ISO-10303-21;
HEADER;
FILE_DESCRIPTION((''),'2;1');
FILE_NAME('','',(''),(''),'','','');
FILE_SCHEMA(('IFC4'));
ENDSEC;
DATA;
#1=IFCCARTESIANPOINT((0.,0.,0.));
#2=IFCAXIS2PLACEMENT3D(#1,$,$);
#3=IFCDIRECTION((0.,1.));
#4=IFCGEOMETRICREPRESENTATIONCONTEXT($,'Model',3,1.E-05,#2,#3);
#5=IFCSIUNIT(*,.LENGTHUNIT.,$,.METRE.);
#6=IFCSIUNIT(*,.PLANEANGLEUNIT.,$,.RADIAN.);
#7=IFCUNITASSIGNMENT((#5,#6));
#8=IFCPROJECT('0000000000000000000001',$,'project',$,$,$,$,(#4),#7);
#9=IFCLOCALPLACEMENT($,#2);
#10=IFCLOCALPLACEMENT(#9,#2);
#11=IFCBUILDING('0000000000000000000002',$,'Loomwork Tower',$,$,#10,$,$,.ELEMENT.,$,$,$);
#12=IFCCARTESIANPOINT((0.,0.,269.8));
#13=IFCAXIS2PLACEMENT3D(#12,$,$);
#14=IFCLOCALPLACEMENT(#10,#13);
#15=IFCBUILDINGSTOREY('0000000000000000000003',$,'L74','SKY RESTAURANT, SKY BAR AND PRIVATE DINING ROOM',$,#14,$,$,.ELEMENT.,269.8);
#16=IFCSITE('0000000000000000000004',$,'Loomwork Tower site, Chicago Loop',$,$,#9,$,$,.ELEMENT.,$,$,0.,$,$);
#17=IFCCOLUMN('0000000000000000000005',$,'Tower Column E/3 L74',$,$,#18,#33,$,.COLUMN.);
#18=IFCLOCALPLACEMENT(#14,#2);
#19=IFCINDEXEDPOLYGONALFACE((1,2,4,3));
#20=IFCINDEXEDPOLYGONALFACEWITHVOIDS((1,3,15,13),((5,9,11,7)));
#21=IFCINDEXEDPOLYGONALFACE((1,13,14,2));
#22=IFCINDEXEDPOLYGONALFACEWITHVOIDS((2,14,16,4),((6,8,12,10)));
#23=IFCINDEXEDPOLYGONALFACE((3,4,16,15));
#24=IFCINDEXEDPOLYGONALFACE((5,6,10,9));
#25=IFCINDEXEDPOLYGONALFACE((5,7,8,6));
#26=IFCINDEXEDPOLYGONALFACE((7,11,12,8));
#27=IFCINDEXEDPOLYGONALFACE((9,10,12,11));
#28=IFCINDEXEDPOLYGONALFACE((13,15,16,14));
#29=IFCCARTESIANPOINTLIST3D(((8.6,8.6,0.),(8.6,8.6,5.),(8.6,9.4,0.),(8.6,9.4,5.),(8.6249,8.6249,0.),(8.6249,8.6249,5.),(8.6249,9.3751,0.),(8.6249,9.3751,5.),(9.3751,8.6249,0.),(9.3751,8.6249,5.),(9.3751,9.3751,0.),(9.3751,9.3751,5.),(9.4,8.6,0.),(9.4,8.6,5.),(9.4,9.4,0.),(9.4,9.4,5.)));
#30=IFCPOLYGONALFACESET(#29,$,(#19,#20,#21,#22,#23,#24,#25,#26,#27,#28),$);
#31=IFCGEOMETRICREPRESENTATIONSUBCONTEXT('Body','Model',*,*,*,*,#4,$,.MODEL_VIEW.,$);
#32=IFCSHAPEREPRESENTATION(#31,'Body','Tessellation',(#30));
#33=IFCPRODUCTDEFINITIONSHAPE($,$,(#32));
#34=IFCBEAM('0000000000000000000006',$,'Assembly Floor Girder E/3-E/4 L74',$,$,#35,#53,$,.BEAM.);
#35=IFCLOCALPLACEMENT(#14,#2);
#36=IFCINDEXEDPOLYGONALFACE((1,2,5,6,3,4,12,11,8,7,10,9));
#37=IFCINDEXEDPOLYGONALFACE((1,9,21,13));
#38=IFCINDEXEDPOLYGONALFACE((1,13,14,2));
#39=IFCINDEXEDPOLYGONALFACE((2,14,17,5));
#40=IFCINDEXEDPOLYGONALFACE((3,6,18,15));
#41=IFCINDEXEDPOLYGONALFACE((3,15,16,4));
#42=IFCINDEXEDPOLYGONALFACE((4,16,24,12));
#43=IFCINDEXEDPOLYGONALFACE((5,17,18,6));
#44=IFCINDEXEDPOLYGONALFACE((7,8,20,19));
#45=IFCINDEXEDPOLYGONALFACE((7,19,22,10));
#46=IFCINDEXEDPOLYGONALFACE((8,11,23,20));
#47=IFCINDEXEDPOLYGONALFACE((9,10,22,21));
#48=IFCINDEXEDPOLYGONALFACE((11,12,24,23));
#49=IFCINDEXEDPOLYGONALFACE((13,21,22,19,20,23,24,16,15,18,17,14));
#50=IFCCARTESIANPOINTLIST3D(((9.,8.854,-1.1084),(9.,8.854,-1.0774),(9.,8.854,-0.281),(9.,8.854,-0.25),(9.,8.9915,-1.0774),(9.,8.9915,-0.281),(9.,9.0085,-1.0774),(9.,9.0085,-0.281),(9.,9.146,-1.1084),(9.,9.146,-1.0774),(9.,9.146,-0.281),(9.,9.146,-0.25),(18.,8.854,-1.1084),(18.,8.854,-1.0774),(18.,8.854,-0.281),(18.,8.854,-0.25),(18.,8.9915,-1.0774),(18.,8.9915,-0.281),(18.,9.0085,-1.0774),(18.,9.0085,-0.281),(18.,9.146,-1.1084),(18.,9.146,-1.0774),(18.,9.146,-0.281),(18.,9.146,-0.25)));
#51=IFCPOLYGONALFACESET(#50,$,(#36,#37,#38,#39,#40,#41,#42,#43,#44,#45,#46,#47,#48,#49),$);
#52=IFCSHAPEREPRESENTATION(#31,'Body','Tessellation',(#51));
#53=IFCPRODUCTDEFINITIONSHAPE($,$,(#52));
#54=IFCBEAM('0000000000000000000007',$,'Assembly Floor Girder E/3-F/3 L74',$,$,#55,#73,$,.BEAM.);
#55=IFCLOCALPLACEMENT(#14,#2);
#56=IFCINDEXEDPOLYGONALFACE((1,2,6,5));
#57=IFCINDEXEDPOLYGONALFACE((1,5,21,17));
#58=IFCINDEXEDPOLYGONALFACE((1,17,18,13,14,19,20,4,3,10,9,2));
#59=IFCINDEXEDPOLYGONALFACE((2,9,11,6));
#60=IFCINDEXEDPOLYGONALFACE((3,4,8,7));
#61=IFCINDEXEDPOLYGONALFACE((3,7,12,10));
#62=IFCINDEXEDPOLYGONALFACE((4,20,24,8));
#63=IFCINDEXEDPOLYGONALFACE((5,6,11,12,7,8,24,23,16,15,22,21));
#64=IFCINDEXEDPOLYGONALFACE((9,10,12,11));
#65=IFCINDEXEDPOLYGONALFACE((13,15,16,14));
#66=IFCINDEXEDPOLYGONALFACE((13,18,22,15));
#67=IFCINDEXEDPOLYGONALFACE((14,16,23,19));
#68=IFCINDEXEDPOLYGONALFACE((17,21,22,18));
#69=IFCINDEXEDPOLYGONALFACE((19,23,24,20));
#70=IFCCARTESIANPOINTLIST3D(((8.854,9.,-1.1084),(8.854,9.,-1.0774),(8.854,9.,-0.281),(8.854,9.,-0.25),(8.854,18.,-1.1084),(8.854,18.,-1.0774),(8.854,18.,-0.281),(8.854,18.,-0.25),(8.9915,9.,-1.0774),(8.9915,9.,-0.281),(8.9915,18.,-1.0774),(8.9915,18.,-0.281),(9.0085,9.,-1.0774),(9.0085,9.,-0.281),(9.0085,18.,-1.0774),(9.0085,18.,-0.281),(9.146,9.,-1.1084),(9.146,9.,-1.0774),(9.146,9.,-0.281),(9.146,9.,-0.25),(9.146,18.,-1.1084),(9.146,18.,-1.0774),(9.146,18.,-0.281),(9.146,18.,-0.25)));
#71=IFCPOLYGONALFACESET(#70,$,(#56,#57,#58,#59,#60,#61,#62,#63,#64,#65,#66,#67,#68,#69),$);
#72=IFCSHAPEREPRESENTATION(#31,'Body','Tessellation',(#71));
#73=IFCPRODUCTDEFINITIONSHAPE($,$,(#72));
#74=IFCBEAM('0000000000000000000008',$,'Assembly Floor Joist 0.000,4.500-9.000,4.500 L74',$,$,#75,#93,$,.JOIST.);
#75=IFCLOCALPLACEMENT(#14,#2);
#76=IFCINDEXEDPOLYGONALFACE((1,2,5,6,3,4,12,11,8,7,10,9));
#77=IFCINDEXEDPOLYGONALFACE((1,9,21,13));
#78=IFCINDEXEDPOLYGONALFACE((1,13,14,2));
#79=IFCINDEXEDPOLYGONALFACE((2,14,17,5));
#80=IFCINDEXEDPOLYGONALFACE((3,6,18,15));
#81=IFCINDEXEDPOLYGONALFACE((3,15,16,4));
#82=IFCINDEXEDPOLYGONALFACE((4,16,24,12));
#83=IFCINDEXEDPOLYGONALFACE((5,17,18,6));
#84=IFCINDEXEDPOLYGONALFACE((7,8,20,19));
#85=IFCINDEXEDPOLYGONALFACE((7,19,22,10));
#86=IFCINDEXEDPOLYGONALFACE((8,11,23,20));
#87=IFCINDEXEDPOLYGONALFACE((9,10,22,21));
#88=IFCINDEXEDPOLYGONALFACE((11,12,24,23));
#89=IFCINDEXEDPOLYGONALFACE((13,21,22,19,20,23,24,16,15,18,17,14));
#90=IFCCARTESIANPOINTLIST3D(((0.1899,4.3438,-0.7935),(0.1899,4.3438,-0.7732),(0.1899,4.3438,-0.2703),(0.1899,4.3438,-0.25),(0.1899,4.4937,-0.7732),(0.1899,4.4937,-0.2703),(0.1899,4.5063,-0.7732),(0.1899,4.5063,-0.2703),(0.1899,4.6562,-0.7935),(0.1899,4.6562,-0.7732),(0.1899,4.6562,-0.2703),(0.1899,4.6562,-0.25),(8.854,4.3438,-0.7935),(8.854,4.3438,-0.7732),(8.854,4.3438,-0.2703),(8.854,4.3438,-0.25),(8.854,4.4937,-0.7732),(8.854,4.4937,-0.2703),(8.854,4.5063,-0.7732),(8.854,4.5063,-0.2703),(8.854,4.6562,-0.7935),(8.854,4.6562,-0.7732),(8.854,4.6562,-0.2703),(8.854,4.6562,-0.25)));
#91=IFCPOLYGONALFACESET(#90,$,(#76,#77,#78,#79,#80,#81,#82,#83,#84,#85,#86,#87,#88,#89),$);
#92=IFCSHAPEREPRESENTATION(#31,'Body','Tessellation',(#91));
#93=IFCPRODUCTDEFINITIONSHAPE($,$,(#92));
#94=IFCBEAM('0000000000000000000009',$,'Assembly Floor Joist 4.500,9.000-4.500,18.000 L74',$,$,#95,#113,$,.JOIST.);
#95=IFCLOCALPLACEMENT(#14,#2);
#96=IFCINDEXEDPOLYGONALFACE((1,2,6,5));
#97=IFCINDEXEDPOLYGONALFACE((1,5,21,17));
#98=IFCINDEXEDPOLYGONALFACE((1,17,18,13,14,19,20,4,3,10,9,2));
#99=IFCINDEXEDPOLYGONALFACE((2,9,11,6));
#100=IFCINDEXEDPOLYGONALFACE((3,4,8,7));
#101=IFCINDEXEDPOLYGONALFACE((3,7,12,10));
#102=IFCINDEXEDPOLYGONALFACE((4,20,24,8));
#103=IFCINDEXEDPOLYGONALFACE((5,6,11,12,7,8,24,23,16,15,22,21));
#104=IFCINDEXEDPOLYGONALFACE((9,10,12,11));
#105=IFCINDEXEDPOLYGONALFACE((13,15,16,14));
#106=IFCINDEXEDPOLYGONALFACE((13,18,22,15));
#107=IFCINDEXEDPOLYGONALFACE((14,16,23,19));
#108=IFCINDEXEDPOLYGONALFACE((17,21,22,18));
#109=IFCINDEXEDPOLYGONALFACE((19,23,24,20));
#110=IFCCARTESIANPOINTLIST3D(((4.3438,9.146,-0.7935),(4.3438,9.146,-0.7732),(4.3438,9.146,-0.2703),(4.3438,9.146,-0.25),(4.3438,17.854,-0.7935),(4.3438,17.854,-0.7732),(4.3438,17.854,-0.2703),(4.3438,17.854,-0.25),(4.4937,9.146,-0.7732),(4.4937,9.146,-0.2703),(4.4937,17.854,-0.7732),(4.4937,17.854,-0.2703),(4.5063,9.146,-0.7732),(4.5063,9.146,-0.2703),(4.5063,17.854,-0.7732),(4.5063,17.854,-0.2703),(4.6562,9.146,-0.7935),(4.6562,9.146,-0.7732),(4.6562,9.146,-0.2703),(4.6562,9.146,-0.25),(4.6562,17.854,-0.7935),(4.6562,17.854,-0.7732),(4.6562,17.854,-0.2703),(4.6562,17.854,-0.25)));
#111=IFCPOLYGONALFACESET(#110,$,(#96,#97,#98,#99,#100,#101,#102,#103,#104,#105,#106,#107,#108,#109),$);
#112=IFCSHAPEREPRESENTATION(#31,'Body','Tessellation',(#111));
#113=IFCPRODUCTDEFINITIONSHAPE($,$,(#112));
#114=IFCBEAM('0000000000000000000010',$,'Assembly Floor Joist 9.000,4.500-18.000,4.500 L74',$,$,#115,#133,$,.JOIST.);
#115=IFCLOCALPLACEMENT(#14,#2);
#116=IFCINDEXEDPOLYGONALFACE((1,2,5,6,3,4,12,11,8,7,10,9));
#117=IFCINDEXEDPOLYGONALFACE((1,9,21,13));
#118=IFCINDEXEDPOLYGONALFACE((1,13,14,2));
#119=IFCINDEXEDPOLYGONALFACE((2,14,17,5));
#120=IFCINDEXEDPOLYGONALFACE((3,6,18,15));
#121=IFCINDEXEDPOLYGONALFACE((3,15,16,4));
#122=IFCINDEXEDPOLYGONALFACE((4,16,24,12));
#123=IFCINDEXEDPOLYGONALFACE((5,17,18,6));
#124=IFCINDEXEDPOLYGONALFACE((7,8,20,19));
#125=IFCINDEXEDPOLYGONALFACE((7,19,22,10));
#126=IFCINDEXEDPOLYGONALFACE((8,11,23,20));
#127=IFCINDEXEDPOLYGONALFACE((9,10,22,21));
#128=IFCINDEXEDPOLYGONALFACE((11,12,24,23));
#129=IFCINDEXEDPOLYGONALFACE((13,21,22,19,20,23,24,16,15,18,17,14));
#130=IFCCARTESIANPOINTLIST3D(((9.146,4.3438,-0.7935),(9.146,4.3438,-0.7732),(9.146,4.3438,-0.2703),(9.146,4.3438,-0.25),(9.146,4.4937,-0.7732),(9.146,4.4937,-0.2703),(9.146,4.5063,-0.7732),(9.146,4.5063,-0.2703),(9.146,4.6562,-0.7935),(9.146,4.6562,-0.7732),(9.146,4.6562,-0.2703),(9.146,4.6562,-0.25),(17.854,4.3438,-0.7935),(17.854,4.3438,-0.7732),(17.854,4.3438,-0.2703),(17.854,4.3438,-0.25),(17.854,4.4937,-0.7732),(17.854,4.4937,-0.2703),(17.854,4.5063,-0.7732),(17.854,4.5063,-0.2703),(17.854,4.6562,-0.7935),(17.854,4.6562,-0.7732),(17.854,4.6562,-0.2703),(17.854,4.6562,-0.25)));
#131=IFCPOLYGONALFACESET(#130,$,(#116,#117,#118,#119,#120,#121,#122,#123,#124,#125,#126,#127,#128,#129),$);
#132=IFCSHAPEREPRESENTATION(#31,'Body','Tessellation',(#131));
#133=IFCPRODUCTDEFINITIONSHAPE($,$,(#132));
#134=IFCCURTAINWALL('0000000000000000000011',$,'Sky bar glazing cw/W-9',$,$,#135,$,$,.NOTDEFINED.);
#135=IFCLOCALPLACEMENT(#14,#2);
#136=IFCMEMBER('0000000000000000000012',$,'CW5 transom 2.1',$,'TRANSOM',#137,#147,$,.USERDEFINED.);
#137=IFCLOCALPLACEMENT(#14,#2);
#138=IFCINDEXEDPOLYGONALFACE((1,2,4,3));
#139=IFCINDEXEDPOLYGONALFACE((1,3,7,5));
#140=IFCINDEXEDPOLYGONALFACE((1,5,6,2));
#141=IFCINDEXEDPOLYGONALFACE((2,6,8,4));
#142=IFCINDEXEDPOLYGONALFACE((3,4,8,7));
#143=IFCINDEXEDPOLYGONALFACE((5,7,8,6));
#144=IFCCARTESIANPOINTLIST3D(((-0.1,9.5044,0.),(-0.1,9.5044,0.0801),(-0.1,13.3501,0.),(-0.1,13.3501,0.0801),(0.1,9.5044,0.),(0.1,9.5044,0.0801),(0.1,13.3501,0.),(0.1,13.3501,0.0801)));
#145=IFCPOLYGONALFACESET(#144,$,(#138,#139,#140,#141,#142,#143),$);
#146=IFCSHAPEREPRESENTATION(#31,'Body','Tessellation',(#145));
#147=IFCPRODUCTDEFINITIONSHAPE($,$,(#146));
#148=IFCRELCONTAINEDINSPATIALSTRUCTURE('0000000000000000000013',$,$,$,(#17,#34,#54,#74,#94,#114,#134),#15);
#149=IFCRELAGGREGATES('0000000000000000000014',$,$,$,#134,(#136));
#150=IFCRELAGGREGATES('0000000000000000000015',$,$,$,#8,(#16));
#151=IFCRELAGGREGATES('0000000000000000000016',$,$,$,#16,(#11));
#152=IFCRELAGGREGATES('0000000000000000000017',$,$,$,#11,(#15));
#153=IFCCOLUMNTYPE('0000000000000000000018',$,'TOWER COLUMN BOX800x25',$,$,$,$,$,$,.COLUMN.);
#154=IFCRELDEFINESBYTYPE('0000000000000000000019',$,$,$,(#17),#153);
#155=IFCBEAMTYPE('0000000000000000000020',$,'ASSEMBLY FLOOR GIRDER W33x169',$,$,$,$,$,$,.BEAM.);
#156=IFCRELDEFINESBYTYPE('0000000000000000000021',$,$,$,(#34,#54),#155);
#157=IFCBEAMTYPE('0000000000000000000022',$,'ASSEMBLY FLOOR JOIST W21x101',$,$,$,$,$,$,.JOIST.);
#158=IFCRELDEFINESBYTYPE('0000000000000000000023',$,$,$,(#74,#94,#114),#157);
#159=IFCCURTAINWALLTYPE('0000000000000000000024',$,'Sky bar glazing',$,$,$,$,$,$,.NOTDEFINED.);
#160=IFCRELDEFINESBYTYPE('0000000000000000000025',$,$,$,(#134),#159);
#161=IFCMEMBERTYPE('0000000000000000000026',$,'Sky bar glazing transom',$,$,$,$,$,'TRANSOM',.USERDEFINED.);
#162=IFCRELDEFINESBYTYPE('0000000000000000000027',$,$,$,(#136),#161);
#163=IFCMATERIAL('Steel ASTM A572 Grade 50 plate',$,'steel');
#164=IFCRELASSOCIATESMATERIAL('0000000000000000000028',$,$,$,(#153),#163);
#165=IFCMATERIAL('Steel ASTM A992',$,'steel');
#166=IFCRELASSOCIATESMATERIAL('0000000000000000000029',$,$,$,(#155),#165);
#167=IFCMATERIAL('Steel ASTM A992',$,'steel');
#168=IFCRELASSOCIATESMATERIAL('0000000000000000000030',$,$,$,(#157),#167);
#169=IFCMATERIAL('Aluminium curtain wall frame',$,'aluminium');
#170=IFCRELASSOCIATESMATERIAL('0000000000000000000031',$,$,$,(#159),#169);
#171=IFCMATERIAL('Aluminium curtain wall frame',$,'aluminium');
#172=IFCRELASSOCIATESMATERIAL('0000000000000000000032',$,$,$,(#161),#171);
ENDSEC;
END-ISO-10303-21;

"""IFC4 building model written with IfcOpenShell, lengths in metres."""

from ifc_helpers import new_model, si_unit, direction, frame, origin, origin_2d, place, context, subcontext, project, spatial, rectangle, hollow_rectangle, i_section, extrude, material, material_profile, profile_set, type_object, element, aggregate, save


model = new_model("IFC4")

# Units and contexts
model_context = context("Model", 3, precision=1e-05, world=origin(), true_north=direction((0.0, 1.0)))
body_context = subcontext(model_context, "Body", "Model", "MODEL_VIEW")
ifc_project = project(units=[si_unit("LENGTHUNIT", "METRE"), si_unit("PLANEANGLEUNIT", "RADIAN")], contexts=[model_context])

# Site, building, storey
site_placement = place(None, origin())
site = spatial("IfcSite", under=ifc_project, at=site_placement, Name="Loomwork Tower site, Chicago Loop", CompositionType="ELEMENT", RefElevation=0.0)
building_placement = place(site_placement, origin())
building = spatial("IfcBuilding", under=site, at=building_placement, Name="Loomwork Tower", CompositionType="ELEMENT")
storey_placement = place(building_placement, frame((0.0, 0.0, 269.8)))
storey = spatial("IfcBuildingStorey", under=building, at=storey_placement, Name="L74", Description="SKY RESTAURANT, SKY BAR AND PRIVATE DINING ROOM", CompositionType="ELEMENT", Elevation=269.8)

# Column
ifc_material_1 = material(Name="Steel ASTM A572 Grade 50 plate", Category="steel")
ifc_material_profile_1 = material_profile(ifc_material_1, hollow_rectangle(XDim=0.8, YDim=0.8, WallThickness=0.0249, at=origin_2d()), Name="BOX800x25")
ifc_profile_set_1 = profile_set([ifc_material_profile_1], Name="Steel ASTM A572 Grade 50 plate")
column_type = type_object("IfcColumnType", Name="TOWER COLUMN BOX800x25", PredefinedType="COLUMN", material=ifc_profile_set_1)
column_placement = place(storey_placement, frame((9.0, 9.0, 0.0), z_axis=(0.0, 0.0, 1.0), x_axis=(1.0, 0.0, 0.0)))
element("IfcColumn", 1, at=column_placement, inside=storey, type_object=column_type, Name="Tower Column E/3 L74", PredefinedType="COLUMN", context=body_context, shape_type="SweptSolid", body=[
    extrude(hollow_rectangle(XDim=0.8, YDim=0.8, WallThickness=0.0249, at=origin_2d()), origin(), (0.0, 0.0, 1.0), 5.0),
])

# Beams
ifc_material_2 = material(Name="Steel ASTM A992", Category="steel")
ifc_material_profile_2 = material_profile(ifc_material_2, i_section(OverallWidth=0.292, OverallDepth=0.8584, WebThickness=0.0171, FlangeThickness=0.031, at=origin_2d()), Name="W33x169")
ifc_profile_set_2 = profile_set([ifc_material_profile_2], Name="Steel ASTM A992")
beam_type_1 = type_object("IfcBeamType", Name="ASSEMBLY FLOOR GIRDER W33x169", PredefinedType="BEAM", material=ifc_profile_set_2)
for number, where, z_axis, x_axis, name in (
    (2, (9.0, 9.0, -0.6792), (1.0, 0.0, 0.0), (0.0, 1.0, 0.0), "Assembly Floor Girder E/3-E/4 L74"),
    (3, (9.0, 9.0, -0.6792), (0.0, 1.0, 0.0), (-1.0, 0.0, 0.0), "Assembly Floor Girder E/3-F/3 L74"),
):
    element("IfcBeam", number, at=place(storey_placement, frame(where, z_axis=z_axis, x_axis=x_axis)), inside=storey, type_object=beam_type_1, Name=name, PredefinedType="BEAM", context=body_context, shape_type="SweptSolid", body=[
        extrude(i_section(OverallWidth=0.292, OverallDepth=0.8584, WebThickness=0.0171, FlangeThickness=0.031, at=origin_2d()), origin(), (0.0, 0.0, 1.0), 9.0),
    ])
ifc_material_3 = material(Name="Steel ASTM A992", Category="steel")
ifc_material_profile_3 = material_profile(ifc_material_3, i_section(OverallWidth=0.3125, OverallDepth=0.5435, WebThickness=0.0127, FlangeThickness=0.0203, at=origin_2d()), Name="W21x101")
ifc_profile_set_3 = profile_set([ifc_material_profile_3], Name="Steel ASTM A992")
beam_type_2 = type_object("IfcBeamType", Name="ASSEMBLY FLOOR JOIST W21x101", PredefinedType="JOIST", material=ifc_profile_set_3)
beam_placement = place(storey_placement, frame((0.1899, 4.5, -0.5217), z_axis=(1.0, 0.0, 0.0), x_axis=(0.0, 1.0, 0.0)))
element("IfcBeam", 4, at=beam_placement, inside=storey, type_object=beam_type_2, Name="Assembly Floor Joist 0.000,4.500-9.000,4.500 L74", PredefinedType="JOIST", context=body_context, shape_type="SweptSolid", body=[
    extrude(i_section(OverallWidth=0.3125, OverallDepth=0.5435, WebThickness=0.0127, FlangeThickness=0.0203, at=origin_2d()), origin(), (0.0, 0.0, 1.0), 8.6641),
])
for number, where, z_axis, x_axis, name in (
    (5, (4.5, 9.146, -0.5217), (0.0, 1.0, 0.0), (-1.0, 0.0, 0.0), "Assembly Floor Joist 4.500,9.000-4.500,18.000 L74"),
    (6, (9.146, 4.5, -0.5217), (1.0, 0.0, 0.0), (0.0, 1.0, 0.0), "Assembly Floor Joist 9.000,4.500-18.000,4.500 L74"),
):
    element("IfcBeam", number, at=place(storey_placement, frame(where, z_axis=z_axis, x_axis=x_axis)), inside=storey, type_object=beam_type_2, Name=name, PredefinedType="JOIST", context=body_context, shape_type="SweptSolid", body=[
        extrude(i_section(OverallWidth=0.3125, OverallDepth=0.5435, WebThickness=0.0127, FlangeThickness=0.0203, at=origin_2d()), origin(), (0.0, 0.0, 1.0), 8.708),
    ])

# Curtain wall, member
ifc_material_4 = material(Name="Aluminium curtain wall frame", Category="aluminium")
curtain_wall_type = type_object("IfcCurtainWallType", Name="Sky bar glazing", PredefinedType="NOTDEFINED", material=ifc_material_4)
curtain_wall_placement = place(storey_placement, origin())
curtain_wall = element("IfcCurtainWall", 7, at=curtain_wall_placement, inside=storey, type_object=curtain_wall_type, Name="Sky bar glazing cw/W-9", PredefinedType="NOTDEFINED")
ifc_material_5 = material(Name="Aluminium curtain wall frame", Category="aluminium")
ifc_material_profile_4 = material_profile(ifc_material_5, rectangle(XDim=0.2, YDim=0.0801, at=origin_2d()), Name="AL 80x200")
ifc_profile_set_4 = profile_set([ifc_material_profile_4], Name="Aluminium curtain wall frame")
member_type = type_object("IfcMemberType", Name="Sky bar glazing transom", ElementType="TRANSOM", PredefinedType="USERDEFINED", material=ifc_profile_set_4)
member_placement = place(storey_placement, frame((0.0, 13.3501, 0.04), z_axis=(0.0, -1.0, 0.0), x_axis=(1.0, 0.0, 0.0)))
member = element("IfcMember", 8, at=member_placement, type_object=member_type, Name="CW5 transom 2.1", ObjectType="TRANSOM", PredefinedType="USERDEFINED", context=body_context, shape_type="SweptSolid", body=[
    extrude(rectangle(XDim=0.2, YDim=0.0801, at=origin_2d()), origin(), (0.0, 0.0, 1.0), 3.8457),
])
aggregate(curtain_wall, [member])

save(model, "model.ifc")
